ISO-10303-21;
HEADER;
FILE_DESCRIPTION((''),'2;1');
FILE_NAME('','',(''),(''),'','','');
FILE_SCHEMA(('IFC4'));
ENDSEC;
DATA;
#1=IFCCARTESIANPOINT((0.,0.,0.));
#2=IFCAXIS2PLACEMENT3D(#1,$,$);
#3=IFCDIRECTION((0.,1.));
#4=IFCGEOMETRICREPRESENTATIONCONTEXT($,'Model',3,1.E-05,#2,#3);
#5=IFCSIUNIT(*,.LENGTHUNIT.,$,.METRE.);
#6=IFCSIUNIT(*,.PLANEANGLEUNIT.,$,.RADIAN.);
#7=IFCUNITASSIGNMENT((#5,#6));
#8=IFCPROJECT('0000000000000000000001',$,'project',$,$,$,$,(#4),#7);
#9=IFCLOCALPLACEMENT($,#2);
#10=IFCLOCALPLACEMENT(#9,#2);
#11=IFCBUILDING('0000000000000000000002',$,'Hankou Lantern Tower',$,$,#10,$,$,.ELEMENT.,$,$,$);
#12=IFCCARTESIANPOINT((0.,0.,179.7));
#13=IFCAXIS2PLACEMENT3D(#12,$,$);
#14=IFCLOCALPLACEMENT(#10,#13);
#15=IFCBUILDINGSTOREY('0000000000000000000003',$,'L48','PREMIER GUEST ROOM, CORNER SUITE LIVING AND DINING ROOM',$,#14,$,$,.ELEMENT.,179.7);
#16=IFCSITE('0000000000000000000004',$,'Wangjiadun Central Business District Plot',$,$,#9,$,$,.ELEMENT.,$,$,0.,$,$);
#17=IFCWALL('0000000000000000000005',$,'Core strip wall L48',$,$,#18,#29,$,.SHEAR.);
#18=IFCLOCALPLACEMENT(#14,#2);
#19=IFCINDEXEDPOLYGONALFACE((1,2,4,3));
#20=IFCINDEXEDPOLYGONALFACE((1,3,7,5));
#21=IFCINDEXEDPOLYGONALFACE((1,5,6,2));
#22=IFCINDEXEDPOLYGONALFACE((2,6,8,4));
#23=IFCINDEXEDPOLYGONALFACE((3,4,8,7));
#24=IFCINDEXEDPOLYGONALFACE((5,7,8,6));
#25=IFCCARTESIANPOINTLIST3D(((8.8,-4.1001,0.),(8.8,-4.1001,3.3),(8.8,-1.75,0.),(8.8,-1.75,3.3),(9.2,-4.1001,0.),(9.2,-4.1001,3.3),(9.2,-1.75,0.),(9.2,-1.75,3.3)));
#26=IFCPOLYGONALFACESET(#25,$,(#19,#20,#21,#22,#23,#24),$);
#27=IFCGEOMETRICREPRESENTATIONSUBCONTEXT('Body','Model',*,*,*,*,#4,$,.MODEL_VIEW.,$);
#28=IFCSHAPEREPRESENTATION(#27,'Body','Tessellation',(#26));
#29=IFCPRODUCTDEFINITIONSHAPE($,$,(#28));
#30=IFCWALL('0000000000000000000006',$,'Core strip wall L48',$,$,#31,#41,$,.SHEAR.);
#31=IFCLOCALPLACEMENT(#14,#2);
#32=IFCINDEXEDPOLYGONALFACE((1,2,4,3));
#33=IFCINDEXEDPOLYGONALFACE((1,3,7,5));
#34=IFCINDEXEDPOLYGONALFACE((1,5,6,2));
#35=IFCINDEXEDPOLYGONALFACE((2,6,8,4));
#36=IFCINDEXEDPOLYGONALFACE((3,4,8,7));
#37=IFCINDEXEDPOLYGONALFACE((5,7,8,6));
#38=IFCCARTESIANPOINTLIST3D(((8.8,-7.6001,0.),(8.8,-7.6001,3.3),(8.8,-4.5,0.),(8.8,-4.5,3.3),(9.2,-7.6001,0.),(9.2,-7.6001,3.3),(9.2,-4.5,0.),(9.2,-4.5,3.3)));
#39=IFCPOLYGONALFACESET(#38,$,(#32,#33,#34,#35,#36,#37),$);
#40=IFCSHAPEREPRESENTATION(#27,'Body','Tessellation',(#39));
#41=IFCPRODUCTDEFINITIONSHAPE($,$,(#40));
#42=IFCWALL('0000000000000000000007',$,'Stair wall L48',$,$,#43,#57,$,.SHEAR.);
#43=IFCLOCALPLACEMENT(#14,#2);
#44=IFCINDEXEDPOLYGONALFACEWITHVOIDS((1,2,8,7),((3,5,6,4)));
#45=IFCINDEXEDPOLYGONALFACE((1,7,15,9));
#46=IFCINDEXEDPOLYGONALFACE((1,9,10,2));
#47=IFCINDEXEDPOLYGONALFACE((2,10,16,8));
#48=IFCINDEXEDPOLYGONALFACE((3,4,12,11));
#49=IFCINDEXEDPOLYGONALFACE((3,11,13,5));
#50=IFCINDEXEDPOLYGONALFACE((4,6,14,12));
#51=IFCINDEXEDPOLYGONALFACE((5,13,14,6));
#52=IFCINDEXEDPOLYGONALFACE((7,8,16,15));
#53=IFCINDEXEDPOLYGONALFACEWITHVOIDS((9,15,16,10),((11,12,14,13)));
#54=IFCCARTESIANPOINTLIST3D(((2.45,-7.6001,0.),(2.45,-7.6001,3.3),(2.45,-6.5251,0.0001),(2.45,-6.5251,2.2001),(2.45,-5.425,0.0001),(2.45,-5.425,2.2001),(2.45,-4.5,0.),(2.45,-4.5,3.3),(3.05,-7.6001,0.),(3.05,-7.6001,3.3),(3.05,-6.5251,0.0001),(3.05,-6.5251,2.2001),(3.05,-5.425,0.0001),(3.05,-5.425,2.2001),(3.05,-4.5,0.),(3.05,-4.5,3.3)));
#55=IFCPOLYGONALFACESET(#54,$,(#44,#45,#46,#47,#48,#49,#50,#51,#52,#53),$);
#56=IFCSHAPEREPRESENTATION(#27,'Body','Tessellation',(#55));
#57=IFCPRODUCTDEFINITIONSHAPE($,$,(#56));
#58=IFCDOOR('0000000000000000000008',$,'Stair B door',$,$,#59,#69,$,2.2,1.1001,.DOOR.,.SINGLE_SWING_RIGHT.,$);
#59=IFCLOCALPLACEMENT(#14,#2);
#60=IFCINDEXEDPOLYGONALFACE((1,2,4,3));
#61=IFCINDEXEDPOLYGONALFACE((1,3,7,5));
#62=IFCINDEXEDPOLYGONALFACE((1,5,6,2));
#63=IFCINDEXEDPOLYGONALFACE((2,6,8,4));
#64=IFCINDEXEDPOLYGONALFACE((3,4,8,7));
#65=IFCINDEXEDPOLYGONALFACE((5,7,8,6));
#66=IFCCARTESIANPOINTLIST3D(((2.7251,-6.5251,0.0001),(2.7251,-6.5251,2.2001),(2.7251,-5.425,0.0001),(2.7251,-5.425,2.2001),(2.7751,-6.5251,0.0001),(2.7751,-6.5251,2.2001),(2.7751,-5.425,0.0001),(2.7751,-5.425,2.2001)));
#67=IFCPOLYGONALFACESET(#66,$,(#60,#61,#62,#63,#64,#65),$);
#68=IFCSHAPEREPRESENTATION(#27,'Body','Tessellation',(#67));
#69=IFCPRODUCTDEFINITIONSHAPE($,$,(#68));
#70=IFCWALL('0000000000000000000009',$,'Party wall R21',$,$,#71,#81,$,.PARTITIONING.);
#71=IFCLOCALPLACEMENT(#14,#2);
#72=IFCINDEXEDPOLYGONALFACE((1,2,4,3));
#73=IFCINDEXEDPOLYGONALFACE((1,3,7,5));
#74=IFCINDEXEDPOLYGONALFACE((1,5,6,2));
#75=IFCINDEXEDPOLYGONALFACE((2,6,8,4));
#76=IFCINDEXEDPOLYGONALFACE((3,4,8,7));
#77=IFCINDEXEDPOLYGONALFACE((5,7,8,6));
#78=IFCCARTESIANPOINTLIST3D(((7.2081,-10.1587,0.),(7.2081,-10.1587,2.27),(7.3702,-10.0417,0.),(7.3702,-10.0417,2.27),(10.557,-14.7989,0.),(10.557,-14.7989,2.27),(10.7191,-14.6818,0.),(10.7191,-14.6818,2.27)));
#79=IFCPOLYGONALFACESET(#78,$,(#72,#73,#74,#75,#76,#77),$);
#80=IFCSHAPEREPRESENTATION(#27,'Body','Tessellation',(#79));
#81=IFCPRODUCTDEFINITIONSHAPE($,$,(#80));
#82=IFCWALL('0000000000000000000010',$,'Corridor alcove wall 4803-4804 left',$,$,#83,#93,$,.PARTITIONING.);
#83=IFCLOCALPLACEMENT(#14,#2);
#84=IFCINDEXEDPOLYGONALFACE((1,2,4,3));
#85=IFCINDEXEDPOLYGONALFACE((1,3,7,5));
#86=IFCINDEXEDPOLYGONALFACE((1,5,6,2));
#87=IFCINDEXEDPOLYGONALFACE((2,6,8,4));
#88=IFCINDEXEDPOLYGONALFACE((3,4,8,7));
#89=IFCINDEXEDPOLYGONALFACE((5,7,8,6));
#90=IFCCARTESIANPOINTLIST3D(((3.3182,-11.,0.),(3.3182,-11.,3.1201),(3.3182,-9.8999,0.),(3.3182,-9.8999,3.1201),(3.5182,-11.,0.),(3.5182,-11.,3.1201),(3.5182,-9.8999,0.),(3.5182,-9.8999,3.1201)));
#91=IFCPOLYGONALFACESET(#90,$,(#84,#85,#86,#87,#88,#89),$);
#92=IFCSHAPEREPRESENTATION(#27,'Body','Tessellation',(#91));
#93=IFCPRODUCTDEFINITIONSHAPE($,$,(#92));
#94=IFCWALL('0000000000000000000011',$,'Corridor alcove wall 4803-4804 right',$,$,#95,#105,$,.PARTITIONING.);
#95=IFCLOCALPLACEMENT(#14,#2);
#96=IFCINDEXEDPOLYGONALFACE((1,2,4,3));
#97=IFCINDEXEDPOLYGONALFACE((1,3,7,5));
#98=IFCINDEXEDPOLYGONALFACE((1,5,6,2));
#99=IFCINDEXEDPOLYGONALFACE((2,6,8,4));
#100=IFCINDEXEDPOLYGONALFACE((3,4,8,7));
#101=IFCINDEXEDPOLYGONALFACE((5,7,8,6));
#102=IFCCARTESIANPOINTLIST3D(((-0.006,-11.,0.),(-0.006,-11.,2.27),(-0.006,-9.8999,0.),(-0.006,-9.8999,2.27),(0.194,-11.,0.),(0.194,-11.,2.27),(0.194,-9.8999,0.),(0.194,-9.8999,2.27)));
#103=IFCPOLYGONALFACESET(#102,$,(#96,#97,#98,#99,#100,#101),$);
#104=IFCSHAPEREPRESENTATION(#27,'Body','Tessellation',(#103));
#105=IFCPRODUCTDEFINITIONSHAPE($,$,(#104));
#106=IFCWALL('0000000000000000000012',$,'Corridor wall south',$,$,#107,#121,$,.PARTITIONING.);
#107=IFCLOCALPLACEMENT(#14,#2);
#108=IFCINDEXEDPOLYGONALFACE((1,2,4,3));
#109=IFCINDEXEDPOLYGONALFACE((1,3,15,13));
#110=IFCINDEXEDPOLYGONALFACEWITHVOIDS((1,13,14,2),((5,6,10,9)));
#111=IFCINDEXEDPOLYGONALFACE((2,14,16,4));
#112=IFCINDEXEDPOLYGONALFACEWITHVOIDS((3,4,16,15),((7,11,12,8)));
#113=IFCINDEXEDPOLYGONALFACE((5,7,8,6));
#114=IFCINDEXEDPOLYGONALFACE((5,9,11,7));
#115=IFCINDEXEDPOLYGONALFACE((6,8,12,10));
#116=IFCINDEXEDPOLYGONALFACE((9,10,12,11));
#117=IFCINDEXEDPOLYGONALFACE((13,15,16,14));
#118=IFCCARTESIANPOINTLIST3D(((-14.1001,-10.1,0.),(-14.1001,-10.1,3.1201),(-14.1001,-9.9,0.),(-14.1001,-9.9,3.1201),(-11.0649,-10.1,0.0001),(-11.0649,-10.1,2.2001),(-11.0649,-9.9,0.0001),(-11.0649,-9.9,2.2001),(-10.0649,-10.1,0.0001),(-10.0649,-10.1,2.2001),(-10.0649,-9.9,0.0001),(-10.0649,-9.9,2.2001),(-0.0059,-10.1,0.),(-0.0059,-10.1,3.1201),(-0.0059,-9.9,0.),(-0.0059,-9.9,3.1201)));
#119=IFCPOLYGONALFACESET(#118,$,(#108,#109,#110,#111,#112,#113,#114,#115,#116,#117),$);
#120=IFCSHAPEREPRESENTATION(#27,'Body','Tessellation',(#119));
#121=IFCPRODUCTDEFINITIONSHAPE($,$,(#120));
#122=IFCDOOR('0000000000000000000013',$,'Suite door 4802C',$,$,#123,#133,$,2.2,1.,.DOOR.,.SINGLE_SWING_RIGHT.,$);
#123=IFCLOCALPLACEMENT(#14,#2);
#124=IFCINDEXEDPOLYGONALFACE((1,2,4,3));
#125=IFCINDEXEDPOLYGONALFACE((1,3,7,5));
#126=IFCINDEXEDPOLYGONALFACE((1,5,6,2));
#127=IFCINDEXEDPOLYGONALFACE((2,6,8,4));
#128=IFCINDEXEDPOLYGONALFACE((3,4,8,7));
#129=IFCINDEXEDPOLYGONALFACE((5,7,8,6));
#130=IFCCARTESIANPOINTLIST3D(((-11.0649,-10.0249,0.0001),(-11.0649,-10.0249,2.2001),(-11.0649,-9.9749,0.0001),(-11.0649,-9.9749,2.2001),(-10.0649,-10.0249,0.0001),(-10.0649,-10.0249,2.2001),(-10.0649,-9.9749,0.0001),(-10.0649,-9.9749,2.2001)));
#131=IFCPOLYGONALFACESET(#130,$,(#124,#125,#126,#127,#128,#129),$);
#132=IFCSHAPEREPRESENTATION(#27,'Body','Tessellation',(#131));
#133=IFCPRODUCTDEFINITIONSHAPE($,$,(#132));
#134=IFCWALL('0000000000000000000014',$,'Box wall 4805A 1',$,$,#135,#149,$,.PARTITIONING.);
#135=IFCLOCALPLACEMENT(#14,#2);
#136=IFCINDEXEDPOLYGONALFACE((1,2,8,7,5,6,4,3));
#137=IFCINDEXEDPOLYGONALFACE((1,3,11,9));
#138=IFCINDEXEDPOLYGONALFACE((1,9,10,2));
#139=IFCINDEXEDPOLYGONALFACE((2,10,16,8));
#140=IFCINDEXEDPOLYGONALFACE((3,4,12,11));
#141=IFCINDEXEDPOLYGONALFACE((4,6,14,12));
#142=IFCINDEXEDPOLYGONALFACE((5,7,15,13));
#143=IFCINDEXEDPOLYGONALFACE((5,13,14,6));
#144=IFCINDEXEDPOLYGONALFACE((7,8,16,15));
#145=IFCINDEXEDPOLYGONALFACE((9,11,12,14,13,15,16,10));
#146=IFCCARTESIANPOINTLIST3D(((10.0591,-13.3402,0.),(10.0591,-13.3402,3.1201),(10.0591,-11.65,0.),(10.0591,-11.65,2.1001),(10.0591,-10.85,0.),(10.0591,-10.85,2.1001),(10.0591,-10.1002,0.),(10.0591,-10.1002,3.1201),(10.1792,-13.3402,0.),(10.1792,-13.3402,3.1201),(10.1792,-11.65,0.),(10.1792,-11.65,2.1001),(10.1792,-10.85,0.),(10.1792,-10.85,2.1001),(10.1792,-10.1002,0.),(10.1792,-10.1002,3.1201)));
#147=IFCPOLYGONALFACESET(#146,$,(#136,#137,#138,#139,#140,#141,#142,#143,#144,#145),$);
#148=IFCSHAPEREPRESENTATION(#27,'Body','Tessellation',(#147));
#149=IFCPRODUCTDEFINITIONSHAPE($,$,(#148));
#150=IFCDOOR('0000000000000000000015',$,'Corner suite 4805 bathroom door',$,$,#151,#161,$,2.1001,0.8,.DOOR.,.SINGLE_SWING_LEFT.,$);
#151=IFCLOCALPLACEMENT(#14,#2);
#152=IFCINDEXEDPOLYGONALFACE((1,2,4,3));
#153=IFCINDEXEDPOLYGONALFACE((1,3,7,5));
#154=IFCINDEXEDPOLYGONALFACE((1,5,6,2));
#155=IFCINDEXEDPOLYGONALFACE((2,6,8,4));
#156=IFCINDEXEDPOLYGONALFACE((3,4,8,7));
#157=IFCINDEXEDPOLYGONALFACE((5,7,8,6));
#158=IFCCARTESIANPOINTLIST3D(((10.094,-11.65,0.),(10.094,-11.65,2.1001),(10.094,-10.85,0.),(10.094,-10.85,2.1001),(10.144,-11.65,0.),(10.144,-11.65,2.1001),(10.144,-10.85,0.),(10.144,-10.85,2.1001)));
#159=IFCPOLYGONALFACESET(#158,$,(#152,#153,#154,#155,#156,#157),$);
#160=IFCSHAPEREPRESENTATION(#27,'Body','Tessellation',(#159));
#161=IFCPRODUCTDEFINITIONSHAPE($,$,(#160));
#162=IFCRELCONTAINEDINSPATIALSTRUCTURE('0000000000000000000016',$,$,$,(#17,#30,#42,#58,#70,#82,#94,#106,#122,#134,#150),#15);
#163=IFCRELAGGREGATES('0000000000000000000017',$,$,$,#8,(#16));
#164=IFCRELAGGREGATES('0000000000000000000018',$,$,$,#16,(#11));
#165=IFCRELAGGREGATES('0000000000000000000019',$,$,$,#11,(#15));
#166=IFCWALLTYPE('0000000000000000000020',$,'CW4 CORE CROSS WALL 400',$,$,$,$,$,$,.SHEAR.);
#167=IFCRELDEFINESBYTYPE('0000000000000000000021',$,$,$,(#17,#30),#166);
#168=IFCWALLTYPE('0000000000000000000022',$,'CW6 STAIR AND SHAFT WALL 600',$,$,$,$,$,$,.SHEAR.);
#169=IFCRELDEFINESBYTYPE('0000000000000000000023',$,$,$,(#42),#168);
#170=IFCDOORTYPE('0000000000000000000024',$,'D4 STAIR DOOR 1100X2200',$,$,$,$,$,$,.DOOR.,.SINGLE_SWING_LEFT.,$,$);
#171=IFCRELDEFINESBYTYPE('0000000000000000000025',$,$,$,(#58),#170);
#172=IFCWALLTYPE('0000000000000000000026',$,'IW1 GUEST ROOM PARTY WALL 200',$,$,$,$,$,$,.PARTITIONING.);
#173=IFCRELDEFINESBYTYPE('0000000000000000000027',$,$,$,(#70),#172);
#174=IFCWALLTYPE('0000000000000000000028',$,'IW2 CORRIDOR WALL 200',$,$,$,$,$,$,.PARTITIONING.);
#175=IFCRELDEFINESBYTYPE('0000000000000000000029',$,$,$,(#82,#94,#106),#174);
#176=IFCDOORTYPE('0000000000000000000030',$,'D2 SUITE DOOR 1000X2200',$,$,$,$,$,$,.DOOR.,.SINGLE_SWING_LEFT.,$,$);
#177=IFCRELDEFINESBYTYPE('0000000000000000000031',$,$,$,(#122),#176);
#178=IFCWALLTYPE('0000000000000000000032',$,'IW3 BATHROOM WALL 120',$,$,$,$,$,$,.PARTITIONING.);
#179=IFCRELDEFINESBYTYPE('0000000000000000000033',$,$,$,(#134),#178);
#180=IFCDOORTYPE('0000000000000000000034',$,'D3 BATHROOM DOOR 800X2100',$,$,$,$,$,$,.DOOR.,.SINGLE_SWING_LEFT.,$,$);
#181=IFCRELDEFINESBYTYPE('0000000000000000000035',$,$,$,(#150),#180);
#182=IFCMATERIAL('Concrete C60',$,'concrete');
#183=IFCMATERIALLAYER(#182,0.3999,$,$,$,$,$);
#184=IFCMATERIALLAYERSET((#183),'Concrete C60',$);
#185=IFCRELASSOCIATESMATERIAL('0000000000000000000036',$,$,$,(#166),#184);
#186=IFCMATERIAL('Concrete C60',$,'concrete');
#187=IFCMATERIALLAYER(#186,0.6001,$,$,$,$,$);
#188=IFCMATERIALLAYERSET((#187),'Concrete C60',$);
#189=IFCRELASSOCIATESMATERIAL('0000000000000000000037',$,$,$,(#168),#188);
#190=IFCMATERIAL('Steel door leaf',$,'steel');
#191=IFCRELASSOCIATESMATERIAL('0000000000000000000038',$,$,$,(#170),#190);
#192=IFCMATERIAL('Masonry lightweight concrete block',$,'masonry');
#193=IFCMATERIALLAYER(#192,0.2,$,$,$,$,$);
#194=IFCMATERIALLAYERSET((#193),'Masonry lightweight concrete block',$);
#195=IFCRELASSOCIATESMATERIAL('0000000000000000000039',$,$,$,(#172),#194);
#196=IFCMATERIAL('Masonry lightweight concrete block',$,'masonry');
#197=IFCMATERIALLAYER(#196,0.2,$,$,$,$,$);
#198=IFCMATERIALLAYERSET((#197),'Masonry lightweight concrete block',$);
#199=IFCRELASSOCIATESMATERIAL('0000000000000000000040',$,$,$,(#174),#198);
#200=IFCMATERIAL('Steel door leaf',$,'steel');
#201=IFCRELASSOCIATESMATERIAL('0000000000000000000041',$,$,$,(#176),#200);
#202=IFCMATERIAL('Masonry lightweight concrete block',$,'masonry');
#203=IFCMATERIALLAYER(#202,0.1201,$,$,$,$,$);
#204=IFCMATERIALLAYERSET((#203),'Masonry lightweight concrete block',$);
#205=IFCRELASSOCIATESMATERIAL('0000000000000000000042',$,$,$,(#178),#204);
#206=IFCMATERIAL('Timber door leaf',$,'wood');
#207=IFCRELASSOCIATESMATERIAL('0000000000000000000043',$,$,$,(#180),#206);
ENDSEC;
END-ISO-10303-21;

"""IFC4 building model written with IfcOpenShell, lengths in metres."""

from ifc_helpers import new_model, si_unit, direction, frame, frame_2d, origin, place, context, subcontext, project, spatial, rectangle, extrude, material, layer, layer_set, type_object, element, fill, save


model = new_model("IFC4")

# Units and contexts
model_context = context("Model", 3, precision=1e-05, world=origin(), true_north=direction((0.0, 1.0)))
body_context = subcontext(model_context, "Body", "Model", "MODEL_VIEW")
ifc_project = project(units=[si_unit("LENGTHUNIT", "METRE"), si_unit("PLANEANGLEUNIT", "RADIAN")], contexts=[model_context])

# Site, building, storey
site_placement = place(None, origin())
site = spatial("IfcSite", under=ifc_project, at=site_placement, Name="Wangjiadun Central Business District Plot", CompositionType="ELEMENT", RefElevation=0.0)
building_placement = place(site_placement, origin())
building = spatial("IfcBuilding", under=site, at=building_placement, Name="Hankou Lantern Tower", CompositionType="ELEMENT")
storey_placement = place(building_placement, frame((0.0, 0.0, 179.7)))
storey = spatial("IfcBuildingStorey", under=building, at=storey_placement, Name="L48", Description="PREMIER GUEST ROOM, CORNER SUITE LIVING AND DINING ROOM", CompositionType="ELEMENT", Elevation=179.7)

# Walls
ifc_material_1 = material(Name="Concrete C60", Category="concrete")
ifc_layer_1 = layer(ifc_material_1, 0.3999)
ifc_layer_set_1 = layer_set([ifc_layer_1], Name="Concrete C60")
wall_type_1 = type_object("IfcWallType", Name="CW4 CORE CROSS WALL 400", PredefinedType="SHEAR", material=ifc_layer_set_1)
wall_1_placement = place(storey_placement, frame((9.0, -4.1001, 0.0), z_axis=(0.0, 0.0, 1.0), x_axis=(0.0, 1.0, 0.0)))
element("IfcWall", 1, at=wall_1_placement, inside=storey, type_object=wall_type_1, Name="Core strip wall L48", PredefinedType="SHEAR", context=body_context, shape_type="SweptSolid", body=[
    extrude(rectangle(XDim=2.3501, YDim=0.3999, at=frame_2d((1.175, 0.0))), origin(), (0.0, 0.0, 1.0), 3.3),
])
wall_2_placement = place(storey_placement, frame((9.0, -7.6001, 0.0), z_axis=(0.0, 0.0, 1.0), x_axis=(0.0, 1.0, 0.0)))
element("IfcWall", 2, at=wall_2_placement, inside=storey, type_object=wall_type_1, Name="Core strip wall L48", PredefinedType="SHEAR", context=body_context, shape_type="SweptSolid", body=[
    extrude(rectangle(XDim=3.1001, YDim=0.3999, at=frame_2d((1.55, 0.0))), origin(), (0.0, 0.0, 1.0), 3.3),
])

# Wall, opening, door
ifc_material_2 = material(Name="Concrete C60", Category="concrete")
ifc_layer_2 = layer(ifc_material_2, 0.6001)
ifc_layer_set_2 = layer_set([ifc_layer_2], Name="Concrete C60")
wall_type_2 = type_object("IfcWallType", Name="CW6 STAIR AND SHAFT WALL 600", PredefinedType="SHEAR", material=ifc_layer_set_2)
wall_3_placement = place(storey_placement, frame((2.75, -7.6001, 0.0), z_axis=(0.0, 0.0, 1.0), x_axis=(0.0, 1.0, 0.0)))
wall_3 = element("IfcWall", 3, at=wall_3_placement, inside=storey, type_object=wall_type_2, Name="Stair wall L48", PredefinedType="SHEAR", context=body_context, shape_type="SweptSolid", body=[
    extrude(rectangle(XDim=3.1001, YDim=0.6001, at=frame_2d((1.55, 0.0))), origin(), (0.0, 0.0, 1.0), 3.3),
])
opening_1_placement = place(wall_3_placement, frame((1.075, 0.0, 0.0)))
opening_1 = element("IfcOpeningElement", 4, at=opening_1_placement, cuts=wall_3, PredefinedType="OPENING", context=body_context, shape_type="SweptSolid", body=[
    extrude(rectangle(XDim=1.1001, YDim=2.2, at=frame_2d((0.55, 1.1001))), frame((0.0, 0.3101, 0.0), z_axis=(0.0, -1.0, 0.0), x_axis=(1.0, 0.0, 0.0)), (0.0, 0.0, 1.0), 0.6201),
])
ifc_material_3 = material(Name="Steel door leaf", Category="steel")
door_type_1 = type_object("IfcDoorType", Name="D4 STAIR DOOR 1100X2200", OperationType="SINGLE_SWING_LEFT", PredefinedType="DOOR", material=ifc_material_3)
door_1_placement = place(opening_1_placement, origin())
door_1 = element("IfcDoor", 5, at=door_1_placement, inside=storey, type_object=door_type_1, Name="Stair B door", OperationType="SINGLE_SWING_RIGHT", OverallHeight=2.2, OverallWidth=1.1001, PredefinedType="DOOR", context=body_context, shape_type="SweptSolid", body=[
    extrude(rectangle(XDim=1.1001, YDim=2.2, at=frame_2d((0.55, 1.1001))), frame((0.0, 0.0249, 0.0), z_axis=(0.0, -1.0, 0.0), x_axis=(1.0, 0.0, 0.0)), (0.0, 0.0, 1.0), 0.05),
])
fill(opening_1, door_1)

# Walls
ifc_material_4 = material(Name="Masonry lightweight concrete block", Category="masonry")
ifc_layer_3 = layer(ifc_material_4, 0.2)
ifc_layer_set_3 = layer_set([ifc_layer_3], Name="Masonry lightweight concrete block")
wall_type_3 = type_object("IfcWallType", Name="IW1 GUEST ROOM PARTY WALL 200", PredefinedType="PARTITIONING", material=ifc_layer_set_3)
wall_4_placement = place(storey_placement, frame((7.2891, -10.1001, 0.0), z_axis=(0.0, 0.0, 1.0), x_axis=(0.585223, -0.810873, 0.0)))
element("IfcWall", 6, at=wall_4_placement, inside=storey, type_object=wall_type_3, Name="Party wall R21", PredefinedType="PARTITIONING", context=body_context, shape_type="SweptSolid", body=[
    extrude(rectangle(XDim=5.7224, YDim=0.2, at=frame_2d((2.8613, 0.0))), origin(), (0.0, 0.0, 1.0), 2.27),
])
ifc_material_5 = material(Name="Masonry lightweight concrete block", Category="masonry")
ifc_layer_4 = layer(ifc_material_5, 0.2)
ifc_layer_set_4 = layer_set([ifc_layer_4], Name="Masonry lightweight concrete block")
wall_type_4 = type_object("IfcWallType", Name="IW2 CORRIDOR WALL 200", PredefinedType="PARTITIONING", material=ifc_layer_set_4)
wall_5_placement = place(storey_placement, frame((3.4182, -9.8999, 0.0), z_axis=(0.0, 0.0, 1.0), x_axis=(0.0, -1.0, 0.0)))
element("IfcWall", 7, at=wall_5_placement, inside=storey, type_object=wall_type_4, Name="Corridor alcove wall 4803-4804 left", PredefinedType="PARTITIONING", context=body_context, shape_type="SweptSolid", body=[
    extrude(rectangle(XDim=1.1001, YDim=0.2, at=frame_2d((0.55, 0.0))), origin(), (0.0, 0.0, 1.0), 3.1201),
])
wall_6_placement = place(storey_placement, frame((0.094, -9.8999, 0.0), z_axis=(0.0, 0.0, 1.0), x_axis=(0.0, -1.0, 0.0)))
element("IfcWall", 8, at=wall_6_placement, inside=storey, type_object=wall_type_4, Name="Corridor alcove wall 4803-4804 right", PredefinedType="PARTITIONING", context=body_context, shape_type="SweptSolid", body=[
    extrude(rectangle(XDim=1.1001, YDim=0.2, at=frame_2d((0.55, 0.0))), origin(), (0.0, 0.0, 1.0), 2.27),
])

# Walls, openings, doors
wall_7_placement = place(storey_placement, frame((-0.0059, -10.0, 0.0), z_axis=(0.0, 0.0, 1.0), x_axis=(-1.0, 0.0, 0.0)))
wall_7 = element("IfcWall", 9, at=wall_7_placement, inside=storey, type_object=wall_type_4, Name="Corridor wall south", PredefinedType="PARTITIONING", context=body_context, shape_type="SweptSolid", body=[
    extrude(rectangle(XDim=14.0942, YDim=0.2, at=frame_2d((7.0471, 0.0))), origin(), (0.0, 0.0, 1.0), 3.1201),
])
opening_2_placement = place(wall_7_placement, frame((10.0591, 0.0, 0.0)))
opening_2 = element("IfcOpeningElement", 10, at=opening_2_placement, cuts=wall_7, PredefinedType="OPENING", context=body_context, shape_type="SweptSolid", body=[
    extrude(rectangle(XDim=1.0, YDim=2.2, at=frame_2d((0.5, 1.1001))), frame((0.0, 0.1099, 0.0), z_axis=(0.0, -1.0, 0.0), x_axis=(1.0, 0.0, 0.0)), (0.0, 0.0, 1.0), 0.22),
])
ifc_material_6 = material(Name="Steel door leaf", Category="steel")
door_type_2 = type_object("IfcDoorType", Name="D2 SUITE DOOR 1000X2200", OperationType="SINGLE_SWING_LEFT", PredefinedType="DOOR", material=ifc_material_6)
door_2_placement = place(opening_2_placement, origin())
door_2 = element("IfcDoor", 11, at=door_2_placement, inside=storey, type_object=door_type_2, Name="Suite door 4802C", OperationType="SINGLE_SWING_RIGHT", OverallHeight=2.2, OverallWidth=1.0, PredefinedType="DOOR", context=body_context, shape_type="SweptSolid", body=[
    extrude(rectangle(XDim=1.0, YDim=2.2, at=frame_2d((0.5, 1.1001))), frame((0.0, 0.0249, 0.0), z_axis=(0.0, -1.0, 0.0), x_axis=(1.0, 0.0, 0.0)), (0.0, 0.0, 1.0), 0.05),
])
fill(opening_2, door_2)
ifc_material_7 = material(Name="Masonry lightweight concrete block", Category="masonry")
ifc_layer_5 = layer(ifc_material_7, 0.1201)
ifc_layer_set_5 = layer_set([ifc_layer_5], Name="Masonry lightweight concrete block")
wall_type_5 = type_object("IfcWallType", Name="IW3 BATHROOM WALL 120", PredefinedType="PARTITIONING", material=ifc_layer_set_5)
wall_8_placement = place(storey_placement, frame((10.1191, -10.1001, 0.0), z_axis=(0.0, 0.0, 1.0), x_axis=(0.0, -1.0, 0.0)))
wall_8 = element("IfcWall", 12, at=wall_8_placement, inside=storey, type_object=wall_type_5, Name="Box wall 4805A 1", PredefinedType="PARTITIONING", context=body_context, shape_type="SweptSolid", body=[
    extrude(rectangle(XDim=3.24, YDim=0.1201, at=frame_2d((1.6201, 0.0))), origin(), (0.0, 0.0, 1.0), 3.1201),
])
opening_3_placement = place(wall_8_placement, frame((0.75, 0.0, 0.0)))
opening_3 = element("IfcOpeningElement", 13, at=opening_3_placement, cuts=wall_8, PredefinedType="OPENING", context=body_context, shape_type="SweptSolid", body=[
    extrude(rectangle(XDim=0.8, YDim=2.1001, at=frame_2d((0.3999, 1.05))), frame((0.0, 0.0701, 0.0), z_axis=(0.0, -1.0, 0.0), x_axis=(1.0, 0.0, 0.0)), (0.0, 0.0, 1.0), 0.1401),
])
ifc_material_8 = material(Name="Timber door leaf", Category="wood")
door_type_3 = type_object("IfcDoorType", Name="D3 BATHROOM DOOR 800X2100", OperationType="SINGLE_SWING_LEFT", PredefinedType="DOOR", material=ifc_material_8)
door_3_placement = place(opening_3_placement, origin())
door_3 = element("IfcDoor", 14, at=door_3_placement, inside=storey, type_object=door_type_3, Name="Corner suite 4805 bathroom door", OperationType="SINGLE_SWING_LEFT", OverallHeight=2.1001, OverallWidth=0.8, PredefinedType="DOOR", context=body_context, shape_type="SweptSolid", body=[
    extrude(rectangle(XDim=0.8, YDim=2.1001, at=frame_2d((0.3999, 1.05))), frame((0.0, 0.0249, 0.0), z_axis=(0.0, -1.0, 0.0), x_axis=(1.0, 0.0, 0.0)), (0.0, 0.0, 1.0), 0.05),
])
fill(opening_3, door_3)

save(model, "model.ifc")
